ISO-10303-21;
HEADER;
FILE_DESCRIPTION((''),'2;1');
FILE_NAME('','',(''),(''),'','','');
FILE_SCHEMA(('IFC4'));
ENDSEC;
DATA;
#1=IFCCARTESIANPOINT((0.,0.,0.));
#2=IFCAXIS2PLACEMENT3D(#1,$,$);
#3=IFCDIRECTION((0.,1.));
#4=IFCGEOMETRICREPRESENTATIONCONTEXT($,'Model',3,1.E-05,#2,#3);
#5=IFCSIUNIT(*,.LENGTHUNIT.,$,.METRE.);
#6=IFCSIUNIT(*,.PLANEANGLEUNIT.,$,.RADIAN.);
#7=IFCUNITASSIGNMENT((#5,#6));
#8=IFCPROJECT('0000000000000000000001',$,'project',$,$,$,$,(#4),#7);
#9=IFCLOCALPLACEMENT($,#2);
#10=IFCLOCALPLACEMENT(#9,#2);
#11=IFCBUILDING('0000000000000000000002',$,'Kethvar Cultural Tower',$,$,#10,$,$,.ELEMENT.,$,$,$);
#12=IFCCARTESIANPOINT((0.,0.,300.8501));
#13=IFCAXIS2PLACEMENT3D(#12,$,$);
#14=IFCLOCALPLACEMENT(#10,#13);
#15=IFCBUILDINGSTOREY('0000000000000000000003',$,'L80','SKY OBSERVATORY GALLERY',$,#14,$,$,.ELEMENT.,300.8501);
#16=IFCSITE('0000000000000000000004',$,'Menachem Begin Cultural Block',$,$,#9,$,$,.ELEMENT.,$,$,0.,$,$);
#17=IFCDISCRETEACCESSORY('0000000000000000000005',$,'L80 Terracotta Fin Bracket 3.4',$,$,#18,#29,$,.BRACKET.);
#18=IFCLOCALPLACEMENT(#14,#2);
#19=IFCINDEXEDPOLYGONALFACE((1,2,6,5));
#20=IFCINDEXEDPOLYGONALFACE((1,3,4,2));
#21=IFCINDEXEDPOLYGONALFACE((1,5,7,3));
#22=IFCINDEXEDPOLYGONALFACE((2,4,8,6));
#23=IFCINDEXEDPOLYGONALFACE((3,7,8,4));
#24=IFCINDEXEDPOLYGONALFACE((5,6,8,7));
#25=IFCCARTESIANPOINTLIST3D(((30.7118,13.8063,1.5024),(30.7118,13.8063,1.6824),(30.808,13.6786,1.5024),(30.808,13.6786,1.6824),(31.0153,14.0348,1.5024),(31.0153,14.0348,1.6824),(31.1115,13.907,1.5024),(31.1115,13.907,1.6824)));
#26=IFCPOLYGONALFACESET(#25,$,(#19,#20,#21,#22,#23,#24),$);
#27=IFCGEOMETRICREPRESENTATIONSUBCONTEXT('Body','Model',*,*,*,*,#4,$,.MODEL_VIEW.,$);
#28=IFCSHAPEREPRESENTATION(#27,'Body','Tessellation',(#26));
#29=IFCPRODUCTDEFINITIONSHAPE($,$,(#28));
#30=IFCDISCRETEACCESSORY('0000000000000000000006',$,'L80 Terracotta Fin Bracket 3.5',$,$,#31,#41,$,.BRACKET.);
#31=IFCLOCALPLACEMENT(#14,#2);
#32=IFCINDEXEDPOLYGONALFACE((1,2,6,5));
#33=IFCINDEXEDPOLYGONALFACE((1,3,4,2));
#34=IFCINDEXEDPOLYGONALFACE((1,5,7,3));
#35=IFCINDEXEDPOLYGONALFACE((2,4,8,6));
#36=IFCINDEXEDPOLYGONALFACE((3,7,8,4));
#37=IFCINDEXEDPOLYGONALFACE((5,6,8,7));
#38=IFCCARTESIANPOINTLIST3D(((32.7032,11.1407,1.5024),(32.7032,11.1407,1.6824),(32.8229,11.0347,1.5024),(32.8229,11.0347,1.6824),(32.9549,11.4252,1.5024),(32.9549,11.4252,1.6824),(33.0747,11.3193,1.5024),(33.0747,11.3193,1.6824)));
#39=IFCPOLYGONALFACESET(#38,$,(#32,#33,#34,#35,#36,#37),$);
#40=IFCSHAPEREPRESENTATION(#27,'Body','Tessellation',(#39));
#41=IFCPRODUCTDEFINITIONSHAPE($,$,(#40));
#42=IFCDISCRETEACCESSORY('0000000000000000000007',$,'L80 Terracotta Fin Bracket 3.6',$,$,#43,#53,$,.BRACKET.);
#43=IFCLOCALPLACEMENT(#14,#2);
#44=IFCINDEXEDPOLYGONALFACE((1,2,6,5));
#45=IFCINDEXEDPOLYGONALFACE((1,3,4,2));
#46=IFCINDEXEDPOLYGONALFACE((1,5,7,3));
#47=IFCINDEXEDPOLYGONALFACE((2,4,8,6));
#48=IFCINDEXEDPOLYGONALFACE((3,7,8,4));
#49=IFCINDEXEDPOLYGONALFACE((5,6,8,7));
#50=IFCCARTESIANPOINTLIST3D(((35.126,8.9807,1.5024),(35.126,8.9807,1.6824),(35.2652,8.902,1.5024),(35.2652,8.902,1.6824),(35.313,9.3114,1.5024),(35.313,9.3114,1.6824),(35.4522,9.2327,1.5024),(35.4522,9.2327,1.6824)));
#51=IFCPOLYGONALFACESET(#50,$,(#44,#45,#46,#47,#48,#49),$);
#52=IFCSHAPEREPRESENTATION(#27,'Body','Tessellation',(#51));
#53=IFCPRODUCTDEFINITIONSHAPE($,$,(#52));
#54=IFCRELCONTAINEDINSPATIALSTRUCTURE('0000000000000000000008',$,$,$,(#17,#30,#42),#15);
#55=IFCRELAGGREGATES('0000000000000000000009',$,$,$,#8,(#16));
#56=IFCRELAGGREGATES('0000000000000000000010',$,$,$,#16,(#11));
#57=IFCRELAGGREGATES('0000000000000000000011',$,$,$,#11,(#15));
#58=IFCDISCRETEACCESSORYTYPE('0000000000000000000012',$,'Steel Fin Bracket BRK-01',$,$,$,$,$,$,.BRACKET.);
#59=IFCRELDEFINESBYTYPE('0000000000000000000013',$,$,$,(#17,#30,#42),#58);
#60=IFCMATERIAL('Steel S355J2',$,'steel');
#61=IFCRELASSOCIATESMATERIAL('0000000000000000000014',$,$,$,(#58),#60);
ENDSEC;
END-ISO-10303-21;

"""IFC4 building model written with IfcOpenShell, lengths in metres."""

from ifc_helpers import new_model, si_unit, direction, frame, origin, origin_2d, place, context, subcontext, project, spatial, rectangle, extrude, source, transform, mapped, material, type_object, element, save


model = new_model("IFC4")

# Units and contexts
model_context = context("Model", 3, precision=1e-05, world=origin(), true_north=direction((0.0, 1.0)))
body_context = subcontext(model_context, "Body", "Model", "MODEL_VIEW")
ifc_project = project(units=[si_unit("LENGTHUNIT", "METRE"), si_unit("PLANEANGLEUNIT", "RADIAN")], contexts=[model_context])

# Site, building, storey
site_placement = place(None, origin())
site = spatial("IfcSite", under=ifc_project, at=site_placement, Name="Menachem Begin Cultural Block", CompositionType="ELEMENT", RefElevation=0.0)
building_placement = place(site_placement, origin())
building = spatial("IfcBuilding", under=site, at=building_placement, Name="Kethvar Cultural Tower", CompositionType="ELEMENT")
storey_placement = place(building_placement, frame((0.0, 0.0, 300.8501)))
storey = spatial("IfcBuildingStorey", under=building, at=storey_placement, Name="L80", Description="SKY OBSERVATORY GALLERY", CompositionType="ELEMENT", Elevation=300.8501)

# Shared definitions
ifc_material_1 = material(Name="Steel S355J2", Category="steel")

# Discrete accessories
discrete_accessory_type = type_object("IfcDiscreteAccessoryType", Name="Steel Fin Bracket BRK-01", PredefinedType="BRACKET", material=ifc_material_1)
shared_shape_1 = source(origin(), body_context, "Body", "SweptSolid", [
    extrude(rectangle(XDim=0.3799, YDim=0.1599, at=origin_2d()), origin(), (0.0, 0.0, 1.0), 0.1799),
])
for number, where, z_axis, x_axis, name in (
    (1, (30.9116, 13.8567, 1.5024), (0.0, 0.0, 1.0), (-0.798951, -0.601397, 0.0), "L80 Terracotta Fin Bracket 3.4"),
    (2, (32.8889, 11.23, 1.5024), (0.0, 0.0, 1.0), (-0.66262, -0.748956, 0.0), "L80 Terracotta Fin Bracket 3.5"),
    (3, (35.2891, 9.1067, 1.5024), (0.0, 0.0, 1.0), (-0.492272, -0.870442, 0.0), "L80 Terracotta Fin Bracket 3.6"),
):
    element("IfcDiscreteAccessory", number, at=place(storey_placement, frame(where, z_axis=z_axis, x_axis=x_axis)), inside=storey, type_object=discrete_accessory_type, Name=name, PredefinedType="BRACKET", context=body_context, shape_type="MappedRepresentation", body=[
        mapped(shared_shape_1, transform((0.0, 0.0, 0.0), scale=1.0)),
    ])

save(model, "model.ifc")
